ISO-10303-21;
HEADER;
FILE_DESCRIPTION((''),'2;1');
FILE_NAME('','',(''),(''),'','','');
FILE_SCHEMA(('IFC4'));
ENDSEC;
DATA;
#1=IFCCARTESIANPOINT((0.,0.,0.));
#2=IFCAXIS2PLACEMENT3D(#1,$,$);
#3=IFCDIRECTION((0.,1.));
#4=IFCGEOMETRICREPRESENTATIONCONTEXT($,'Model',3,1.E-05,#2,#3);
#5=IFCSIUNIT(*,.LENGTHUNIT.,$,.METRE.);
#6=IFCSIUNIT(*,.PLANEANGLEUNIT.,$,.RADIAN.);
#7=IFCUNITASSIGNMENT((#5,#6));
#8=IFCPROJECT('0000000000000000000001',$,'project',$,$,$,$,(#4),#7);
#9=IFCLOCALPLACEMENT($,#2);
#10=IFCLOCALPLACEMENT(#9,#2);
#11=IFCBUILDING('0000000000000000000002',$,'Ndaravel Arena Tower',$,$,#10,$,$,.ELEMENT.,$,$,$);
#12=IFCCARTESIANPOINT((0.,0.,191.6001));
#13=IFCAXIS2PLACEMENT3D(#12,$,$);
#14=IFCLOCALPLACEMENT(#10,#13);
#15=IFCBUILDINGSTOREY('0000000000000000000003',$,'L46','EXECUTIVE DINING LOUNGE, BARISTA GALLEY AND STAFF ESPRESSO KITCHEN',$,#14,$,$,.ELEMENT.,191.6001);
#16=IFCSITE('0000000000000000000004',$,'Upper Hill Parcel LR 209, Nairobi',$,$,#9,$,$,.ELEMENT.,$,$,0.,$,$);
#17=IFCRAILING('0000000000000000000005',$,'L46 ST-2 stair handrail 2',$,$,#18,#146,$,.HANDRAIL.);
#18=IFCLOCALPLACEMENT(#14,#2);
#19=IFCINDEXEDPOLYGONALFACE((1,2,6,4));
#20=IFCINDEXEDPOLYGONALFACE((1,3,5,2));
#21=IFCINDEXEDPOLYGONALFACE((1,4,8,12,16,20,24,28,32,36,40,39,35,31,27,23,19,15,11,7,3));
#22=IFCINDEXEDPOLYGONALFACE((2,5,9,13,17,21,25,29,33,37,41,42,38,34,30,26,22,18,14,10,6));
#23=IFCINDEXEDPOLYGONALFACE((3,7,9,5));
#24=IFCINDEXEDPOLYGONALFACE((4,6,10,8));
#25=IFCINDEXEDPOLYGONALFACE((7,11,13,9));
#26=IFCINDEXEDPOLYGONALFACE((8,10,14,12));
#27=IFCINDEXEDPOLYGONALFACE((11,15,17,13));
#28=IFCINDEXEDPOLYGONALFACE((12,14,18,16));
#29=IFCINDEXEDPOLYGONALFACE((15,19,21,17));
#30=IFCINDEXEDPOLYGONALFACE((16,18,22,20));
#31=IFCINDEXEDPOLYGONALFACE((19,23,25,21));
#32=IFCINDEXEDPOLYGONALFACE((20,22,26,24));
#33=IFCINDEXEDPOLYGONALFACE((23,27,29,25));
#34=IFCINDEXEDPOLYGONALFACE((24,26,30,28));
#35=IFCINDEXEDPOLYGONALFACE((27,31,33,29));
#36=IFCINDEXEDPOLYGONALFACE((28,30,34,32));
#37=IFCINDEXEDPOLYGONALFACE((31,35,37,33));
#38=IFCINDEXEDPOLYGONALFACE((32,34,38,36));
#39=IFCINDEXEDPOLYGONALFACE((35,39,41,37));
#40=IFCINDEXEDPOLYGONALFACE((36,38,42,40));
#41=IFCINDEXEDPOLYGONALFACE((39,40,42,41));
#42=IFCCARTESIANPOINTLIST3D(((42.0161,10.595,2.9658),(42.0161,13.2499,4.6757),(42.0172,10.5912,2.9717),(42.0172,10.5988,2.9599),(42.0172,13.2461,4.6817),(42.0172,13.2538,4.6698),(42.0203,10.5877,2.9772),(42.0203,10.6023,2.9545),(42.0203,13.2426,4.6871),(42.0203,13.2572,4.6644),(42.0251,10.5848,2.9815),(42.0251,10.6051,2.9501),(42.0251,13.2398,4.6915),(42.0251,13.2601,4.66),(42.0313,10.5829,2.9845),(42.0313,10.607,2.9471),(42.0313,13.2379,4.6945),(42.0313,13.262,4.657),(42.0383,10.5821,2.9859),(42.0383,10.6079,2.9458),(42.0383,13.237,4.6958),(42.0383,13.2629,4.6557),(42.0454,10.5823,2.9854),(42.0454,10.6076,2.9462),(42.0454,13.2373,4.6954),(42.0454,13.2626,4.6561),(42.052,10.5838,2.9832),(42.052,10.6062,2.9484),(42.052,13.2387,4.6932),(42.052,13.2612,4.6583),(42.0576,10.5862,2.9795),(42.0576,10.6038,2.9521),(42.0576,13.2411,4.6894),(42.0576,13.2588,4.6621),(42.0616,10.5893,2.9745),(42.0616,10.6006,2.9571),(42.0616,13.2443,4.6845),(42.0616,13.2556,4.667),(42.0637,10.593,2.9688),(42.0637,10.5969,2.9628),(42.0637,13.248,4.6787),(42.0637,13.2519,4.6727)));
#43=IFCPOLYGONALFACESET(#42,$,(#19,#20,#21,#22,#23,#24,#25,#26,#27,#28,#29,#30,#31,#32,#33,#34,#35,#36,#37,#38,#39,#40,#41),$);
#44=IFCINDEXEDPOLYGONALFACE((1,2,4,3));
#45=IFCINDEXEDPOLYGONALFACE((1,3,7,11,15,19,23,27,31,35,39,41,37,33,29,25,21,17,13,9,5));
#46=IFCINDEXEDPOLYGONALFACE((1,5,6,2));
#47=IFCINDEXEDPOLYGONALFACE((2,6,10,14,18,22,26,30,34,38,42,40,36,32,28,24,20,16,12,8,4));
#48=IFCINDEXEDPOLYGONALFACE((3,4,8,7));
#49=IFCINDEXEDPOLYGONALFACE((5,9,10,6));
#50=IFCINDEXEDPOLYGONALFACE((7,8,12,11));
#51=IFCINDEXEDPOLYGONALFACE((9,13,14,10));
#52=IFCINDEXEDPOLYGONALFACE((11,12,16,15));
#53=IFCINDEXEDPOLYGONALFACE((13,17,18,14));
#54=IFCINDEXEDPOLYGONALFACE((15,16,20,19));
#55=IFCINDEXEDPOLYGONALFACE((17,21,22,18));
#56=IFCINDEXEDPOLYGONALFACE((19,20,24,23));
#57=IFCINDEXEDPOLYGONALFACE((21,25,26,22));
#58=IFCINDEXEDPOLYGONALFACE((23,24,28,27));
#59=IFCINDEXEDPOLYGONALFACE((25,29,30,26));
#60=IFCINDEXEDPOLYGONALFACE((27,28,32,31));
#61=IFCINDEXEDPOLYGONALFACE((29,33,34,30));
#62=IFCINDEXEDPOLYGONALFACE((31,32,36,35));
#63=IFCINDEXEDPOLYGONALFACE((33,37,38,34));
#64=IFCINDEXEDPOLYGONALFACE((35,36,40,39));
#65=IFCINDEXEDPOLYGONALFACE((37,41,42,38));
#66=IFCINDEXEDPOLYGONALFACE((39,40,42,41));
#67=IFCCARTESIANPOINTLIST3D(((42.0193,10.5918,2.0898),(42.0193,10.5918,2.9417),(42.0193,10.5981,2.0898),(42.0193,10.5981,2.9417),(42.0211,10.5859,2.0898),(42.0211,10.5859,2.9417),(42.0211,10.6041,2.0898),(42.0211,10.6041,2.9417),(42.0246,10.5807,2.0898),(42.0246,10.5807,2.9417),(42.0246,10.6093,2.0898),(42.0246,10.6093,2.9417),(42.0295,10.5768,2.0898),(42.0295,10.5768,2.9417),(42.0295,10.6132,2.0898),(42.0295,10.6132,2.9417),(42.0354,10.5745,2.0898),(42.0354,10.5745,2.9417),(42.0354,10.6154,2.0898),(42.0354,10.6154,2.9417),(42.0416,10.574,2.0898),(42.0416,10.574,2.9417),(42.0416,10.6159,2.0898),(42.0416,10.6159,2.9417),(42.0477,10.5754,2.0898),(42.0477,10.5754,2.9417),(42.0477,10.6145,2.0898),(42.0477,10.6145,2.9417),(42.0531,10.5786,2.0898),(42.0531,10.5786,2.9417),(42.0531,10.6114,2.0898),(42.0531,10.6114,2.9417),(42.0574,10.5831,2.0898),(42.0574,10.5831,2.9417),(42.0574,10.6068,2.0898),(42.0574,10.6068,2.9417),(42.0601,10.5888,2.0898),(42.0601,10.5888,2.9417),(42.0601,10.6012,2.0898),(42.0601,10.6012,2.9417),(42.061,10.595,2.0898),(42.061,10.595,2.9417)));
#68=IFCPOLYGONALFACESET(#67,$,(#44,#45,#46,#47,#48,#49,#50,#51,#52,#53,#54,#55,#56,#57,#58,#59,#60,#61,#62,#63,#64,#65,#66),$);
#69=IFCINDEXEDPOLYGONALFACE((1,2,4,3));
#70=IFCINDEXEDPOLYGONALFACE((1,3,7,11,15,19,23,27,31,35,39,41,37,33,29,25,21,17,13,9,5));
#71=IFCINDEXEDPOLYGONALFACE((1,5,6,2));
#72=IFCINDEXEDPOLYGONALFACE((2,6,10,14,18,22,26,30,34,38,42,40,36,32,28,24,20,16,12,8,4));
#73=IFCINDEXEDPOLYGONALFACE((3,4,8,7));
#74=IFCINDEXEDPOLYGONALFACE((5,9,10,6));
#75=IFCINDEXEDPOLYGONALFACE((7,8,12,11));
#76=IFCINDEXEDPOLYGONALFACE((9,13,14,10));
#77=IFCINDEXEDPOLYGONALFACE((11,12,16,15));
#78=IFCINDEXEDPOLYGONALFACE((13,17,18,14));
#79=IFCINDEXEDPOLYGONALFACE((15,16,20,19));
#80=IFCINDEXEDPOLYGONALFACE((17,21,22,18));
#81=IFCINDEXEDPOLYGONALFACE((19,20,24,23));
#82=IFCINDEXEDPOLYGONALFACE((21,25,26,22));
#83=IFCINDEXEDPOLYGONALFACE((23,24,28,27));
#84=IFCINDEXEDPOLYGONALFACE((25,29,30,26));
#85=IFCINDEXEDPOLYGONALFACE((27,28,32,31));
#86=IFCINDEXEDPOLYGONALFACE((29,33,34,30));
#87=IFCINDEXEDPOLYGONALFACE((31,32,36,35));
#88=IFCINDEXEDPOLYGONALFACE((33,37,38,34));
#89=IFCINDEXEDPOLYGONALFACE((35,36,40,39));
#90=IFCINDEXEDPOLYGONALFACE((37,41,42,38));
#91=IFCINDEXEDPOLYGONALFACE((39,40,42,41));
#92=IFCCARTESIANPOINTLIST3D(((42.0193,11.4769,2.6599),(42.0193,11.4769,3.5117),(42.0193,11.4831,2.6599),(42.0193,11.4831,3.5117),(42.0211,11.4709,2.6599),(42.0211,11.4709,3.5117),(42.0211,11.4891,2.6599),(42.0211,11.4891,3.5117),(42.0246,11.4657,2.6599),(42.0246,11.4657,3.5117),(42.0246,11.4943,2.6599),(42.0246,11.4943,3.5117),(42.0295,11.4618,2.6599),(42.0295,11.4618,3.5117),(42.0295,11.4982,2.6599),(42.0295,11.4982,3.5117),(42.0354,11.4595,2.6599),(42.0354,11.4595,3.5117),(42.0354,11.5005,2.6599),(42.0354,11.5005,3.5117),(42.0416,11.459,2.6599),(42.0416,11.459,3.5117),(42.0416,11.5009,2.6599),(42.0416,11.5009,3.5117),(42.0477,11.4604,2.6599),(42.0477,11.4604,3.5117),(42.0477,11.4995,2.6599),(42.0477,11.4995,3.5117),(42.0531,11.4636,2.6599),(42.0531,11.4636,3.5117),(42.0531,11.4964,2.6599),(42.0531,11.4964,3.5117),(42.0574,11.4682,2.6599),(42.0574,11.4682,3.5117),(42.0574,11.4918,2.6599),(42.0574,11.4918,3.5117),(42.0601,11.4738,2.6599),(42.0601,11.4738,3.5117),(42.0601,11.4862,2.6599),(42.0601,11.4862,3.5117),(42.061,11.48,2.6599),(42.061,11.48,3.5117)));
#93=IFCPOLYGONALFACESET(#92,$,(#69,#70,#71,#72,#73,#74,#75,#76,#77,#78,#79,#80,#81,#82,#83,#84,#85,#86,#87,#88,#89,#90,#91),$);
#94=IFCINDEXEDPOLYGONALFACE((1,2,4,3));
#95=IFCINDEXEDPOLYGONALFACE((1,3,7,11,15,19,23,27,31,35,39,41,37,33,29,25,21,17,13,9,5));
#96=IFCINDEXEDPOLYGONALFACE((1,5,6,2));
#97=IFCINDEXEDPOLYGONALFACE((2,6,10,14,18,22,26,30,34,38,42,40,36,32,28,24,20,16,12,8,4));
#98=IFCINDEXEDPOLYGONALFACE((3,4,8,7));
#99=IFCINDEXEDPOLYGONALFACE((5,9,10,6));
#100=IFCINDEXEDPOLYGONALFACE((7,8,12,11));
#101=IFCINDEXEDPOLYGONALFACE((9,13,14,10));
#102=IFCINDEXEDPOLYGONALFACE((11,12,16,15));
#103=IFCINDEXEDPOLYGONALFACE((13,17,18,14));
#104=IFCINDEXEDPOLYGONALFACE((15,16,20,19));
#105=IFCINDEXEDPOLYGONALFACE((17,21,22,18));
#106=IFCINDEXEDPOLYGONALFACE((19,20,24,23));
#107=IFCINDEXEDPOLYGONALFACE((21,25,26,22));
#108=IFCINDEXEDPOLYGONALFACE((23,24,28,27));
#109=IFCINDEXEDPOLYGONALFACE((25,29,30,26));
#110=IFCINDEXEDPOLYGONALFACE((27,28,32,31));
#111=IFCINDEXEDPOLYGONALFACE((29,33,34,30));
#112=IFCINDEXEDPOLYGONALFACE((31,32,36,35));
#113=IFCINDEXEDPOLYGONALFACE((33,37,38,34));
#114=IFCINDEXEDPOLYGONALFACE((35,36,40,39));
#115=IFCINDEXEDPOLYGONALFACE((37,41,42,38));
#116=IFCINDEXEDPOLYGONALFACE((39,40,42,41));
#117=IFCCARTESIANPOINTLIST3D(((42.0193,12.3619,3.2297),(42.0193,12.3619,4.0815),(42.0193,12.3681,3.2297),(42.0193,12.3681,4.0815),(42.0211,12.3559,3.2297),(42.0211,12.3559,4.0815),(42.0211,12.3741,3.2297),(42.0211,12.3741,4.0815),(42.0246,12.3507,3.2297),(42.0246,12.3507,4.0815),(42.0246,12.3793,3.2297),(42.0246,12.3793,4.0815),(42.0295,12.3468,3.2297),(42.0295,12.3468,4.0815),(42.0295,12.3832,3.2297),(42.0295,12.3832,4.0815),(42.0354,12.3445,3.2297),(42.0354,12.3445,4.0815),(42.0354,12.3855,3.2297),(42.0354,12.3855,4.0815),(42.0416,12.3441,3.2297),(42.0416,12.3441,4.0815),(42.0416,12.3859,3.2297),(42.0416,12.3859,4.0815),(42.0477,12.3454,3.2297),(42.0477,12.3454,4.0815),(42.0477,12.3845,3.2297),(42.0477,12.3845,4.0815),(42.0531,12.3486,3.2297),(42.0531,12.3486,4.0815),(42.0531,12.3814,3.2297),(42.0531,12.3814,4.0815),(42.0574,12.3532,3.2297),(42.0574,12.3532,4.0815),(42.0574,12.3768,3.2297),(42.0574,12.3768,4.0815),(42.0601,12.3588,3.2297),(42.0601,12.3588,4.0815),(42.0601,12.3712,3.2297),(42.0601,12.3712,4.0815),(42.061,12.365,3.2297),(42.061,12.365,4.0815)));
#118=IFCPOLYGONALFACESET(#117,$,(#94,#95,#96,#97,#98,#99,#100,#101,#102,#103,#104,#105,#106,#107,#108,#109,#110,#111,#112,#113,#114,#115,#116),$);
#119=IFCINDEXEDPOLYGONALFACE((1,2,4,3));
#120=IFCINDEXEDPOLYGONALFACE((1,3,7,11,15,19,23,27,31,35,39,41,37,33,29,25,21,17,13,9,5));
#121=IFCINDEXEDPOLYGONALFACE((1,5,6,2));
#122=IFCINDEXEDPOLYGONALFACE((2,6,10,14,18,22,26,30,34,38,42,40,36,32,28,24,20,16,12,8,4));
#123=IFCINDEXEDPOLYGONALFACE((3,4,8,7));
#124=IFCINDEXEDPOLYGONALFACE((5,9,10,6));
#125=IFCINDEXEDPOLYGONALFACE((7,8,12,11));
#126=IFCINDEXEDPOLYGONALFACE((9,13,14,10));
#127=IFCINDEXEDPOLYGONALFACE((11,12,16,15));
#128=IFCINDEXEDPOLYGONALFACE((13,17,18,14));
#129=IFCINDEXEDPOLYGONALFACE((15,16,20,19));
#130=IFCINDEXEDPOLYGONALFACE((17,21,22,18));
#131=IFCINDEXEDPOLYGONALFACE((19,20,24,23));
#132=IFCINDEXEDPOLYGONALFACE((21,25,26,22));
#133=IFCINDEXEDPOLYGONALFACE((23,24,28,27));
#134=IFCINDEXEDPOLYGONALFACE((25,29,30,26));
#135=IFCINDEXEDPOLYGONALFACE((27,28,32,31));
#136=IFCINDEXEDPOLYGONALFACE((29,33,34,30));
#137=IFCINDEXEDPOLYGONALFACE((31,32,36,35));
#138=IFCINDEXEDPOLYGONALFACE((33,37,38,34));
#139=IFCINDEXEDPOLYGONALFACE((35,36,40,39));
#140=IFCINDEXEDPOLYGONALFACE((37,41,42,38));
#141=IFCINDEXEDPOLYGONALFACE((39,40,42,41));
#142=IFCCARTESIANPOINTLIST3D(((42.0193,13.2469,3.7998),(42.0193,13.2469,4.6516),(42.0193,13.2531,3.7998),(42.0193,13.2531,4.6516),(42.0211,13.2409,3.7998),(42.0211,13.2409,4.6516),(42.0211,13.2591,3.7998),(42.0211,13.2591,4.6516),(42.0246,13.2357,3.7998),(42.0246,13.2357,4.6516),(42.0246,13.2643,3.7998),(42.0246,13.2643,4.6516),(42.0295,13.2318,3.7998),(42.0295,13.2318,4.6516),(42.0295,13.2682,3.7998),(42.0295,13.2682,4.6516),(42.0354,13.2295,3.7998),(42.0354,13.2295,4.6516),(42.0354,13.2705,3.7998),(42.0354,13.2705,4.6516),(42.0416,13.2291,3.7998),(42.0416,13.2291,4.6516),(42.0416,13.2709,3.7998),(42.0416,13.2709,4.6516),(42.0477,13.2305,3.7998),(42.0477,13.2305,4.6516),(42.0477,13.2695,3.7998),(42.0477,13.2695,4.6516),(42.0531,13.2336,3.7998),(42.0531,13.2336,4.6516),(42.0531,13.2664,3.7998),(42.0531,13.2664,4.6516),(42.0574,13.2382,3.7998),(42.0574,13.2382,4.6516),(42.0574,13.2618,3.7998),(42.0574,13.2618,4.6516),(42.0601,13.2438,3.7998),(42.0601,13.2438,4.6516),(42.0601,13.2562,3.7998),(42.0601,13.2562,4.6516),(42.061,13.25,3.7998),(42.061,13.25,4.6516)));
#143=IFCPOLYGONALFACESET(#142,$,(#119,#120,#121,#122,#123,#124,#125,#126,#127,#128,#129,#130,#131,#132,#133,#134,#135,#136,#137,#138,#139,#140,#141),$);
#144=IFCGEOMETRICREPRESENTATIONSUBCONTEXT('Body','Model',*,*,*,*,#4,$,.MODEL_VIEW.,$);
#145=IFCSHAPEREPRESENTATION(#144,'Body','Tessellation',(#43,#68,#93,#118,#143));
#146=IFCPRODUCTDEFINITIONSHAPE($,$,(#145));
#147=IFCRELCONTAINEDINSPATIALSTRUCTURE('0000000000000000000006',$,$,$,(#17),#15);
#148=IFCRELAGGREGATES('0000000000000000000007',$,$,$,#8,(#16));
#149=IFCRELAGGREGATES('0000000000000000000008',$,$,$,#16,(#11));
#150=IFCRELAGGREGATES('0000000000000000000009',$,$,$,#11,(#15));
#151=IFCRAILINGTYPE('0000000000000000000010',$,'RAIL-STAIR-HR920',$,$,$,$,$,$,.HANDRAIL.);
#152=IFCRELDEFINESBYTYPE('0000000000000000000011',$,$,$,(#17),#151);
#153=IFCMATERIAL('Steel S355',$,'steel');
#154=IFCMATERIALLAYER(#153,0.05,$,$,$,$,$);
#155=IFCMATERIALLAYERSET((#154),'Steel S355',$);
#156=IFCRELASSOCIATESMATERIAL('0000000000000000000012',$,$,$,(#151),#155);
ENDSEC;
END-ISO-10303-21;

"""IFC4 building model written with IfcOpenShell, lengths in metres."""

from ifc_helpers import new_model, si_unit, direction, frame, origin, origin_2d, place, context, subcontext, project, spatial, circle, extrude, material, layer, layer_set, type_object, element, save


model = new_model("IFC4")

# Units and contexts
model_context = context("Model", 3, precision=1e-05, world=origin(), true_north=direction((0.0, 1.0)))
body_context = subcontext(model_context, "Body", "Model", "MODEL_VIEW")
ifc_project = project(units=[si_unit("LENGTHUNIT", "METRE"), si_unit("PLANEANGLEUNIT", "RADIAN")], contexts=[model_context])

# Site, building, storey
site_placement = place(None, origin())
site = spatial("IfcSite", under=ifc_project, at=site_placement, Name="Upper Hill Parcel LR 209, Nairobi", CompositionType="ELEMENT", RefElevation=0.0)
building_placement = place(site_placement, origin())
building = spatial("IfcBuilding", under=site, at=building_placement, Name="Ndaravel Arena Tower", CompositionType="ELEMENT")
storey_placement = place(building_placement, frame((0.0, 0.0, 191.6001)))
storey = spatial("IfcBuildingStorey", under=building, at=storey_placement, Name="L46", Description="EXECUTIVE DINING LOUNGE, BARISTA GALLEY AND STAFF ESPRESSO KITCHEN", CompositionType="ELEMENT", Elevation=191.6001)

# Railing
ifc_material_1 = material(Name="Steel S355", Category="steel")
ifc_layer_1 = layer(ifc_material_1, 0.05)
ifc_layer_set_1 = layer_set([ifc_layer_1], Name="Steel S355")
railing_type_1 = type_object("IfcRailingType", Name="RAIL-STAIR-HR920", PredefinedType="HANDRAIL", material=ifc_layer_set_1)
railing_1_placement = place(storey_placement, frame((42.04, 10.595, 2.0898)))
element("IfcRailing", 1, at=railing_1_placement, inside=storey, type_object=railing_type_1, Name="L46 ST-2 stair handrail 2", PredefinedType="HANDRAIL", context=body_context, shape_type="SweptSolid", body=[
    extrude(circle(Radius=0.0239, at=origin_2d()), frame((0.0, 0.0, 0.876), z_axis=(0.0, 0.840724, 0.541465), x_axis=(-1.0, 0.0, 0.0)), (0.0, 0.0, 1.0), 3.158),
    extrude(circle(Radius=0.021, at=origin_2d()), origin(), (0.0, 0.0, 1.0), 0.8518),
    extrude(circle(Radius=0.021, at=origin_2d()), frame((0.0, 0.885, 0.5701)), (0.0, 0.0, 1.0), 0.8518),
    extrude(circle(Radius=0.021, at=origin_2d()), frame((0.0, 1.77, 1.1399)), (0.0, 0.0, 1.0), 0.8518),
    extrude(circle(Radius=0.021, at=origin_2d()), frame((0.0, 2.655, 1.71)), (0.0, 0.0, 1.0), 0.8518),
])

save(model, "model.ifc")
